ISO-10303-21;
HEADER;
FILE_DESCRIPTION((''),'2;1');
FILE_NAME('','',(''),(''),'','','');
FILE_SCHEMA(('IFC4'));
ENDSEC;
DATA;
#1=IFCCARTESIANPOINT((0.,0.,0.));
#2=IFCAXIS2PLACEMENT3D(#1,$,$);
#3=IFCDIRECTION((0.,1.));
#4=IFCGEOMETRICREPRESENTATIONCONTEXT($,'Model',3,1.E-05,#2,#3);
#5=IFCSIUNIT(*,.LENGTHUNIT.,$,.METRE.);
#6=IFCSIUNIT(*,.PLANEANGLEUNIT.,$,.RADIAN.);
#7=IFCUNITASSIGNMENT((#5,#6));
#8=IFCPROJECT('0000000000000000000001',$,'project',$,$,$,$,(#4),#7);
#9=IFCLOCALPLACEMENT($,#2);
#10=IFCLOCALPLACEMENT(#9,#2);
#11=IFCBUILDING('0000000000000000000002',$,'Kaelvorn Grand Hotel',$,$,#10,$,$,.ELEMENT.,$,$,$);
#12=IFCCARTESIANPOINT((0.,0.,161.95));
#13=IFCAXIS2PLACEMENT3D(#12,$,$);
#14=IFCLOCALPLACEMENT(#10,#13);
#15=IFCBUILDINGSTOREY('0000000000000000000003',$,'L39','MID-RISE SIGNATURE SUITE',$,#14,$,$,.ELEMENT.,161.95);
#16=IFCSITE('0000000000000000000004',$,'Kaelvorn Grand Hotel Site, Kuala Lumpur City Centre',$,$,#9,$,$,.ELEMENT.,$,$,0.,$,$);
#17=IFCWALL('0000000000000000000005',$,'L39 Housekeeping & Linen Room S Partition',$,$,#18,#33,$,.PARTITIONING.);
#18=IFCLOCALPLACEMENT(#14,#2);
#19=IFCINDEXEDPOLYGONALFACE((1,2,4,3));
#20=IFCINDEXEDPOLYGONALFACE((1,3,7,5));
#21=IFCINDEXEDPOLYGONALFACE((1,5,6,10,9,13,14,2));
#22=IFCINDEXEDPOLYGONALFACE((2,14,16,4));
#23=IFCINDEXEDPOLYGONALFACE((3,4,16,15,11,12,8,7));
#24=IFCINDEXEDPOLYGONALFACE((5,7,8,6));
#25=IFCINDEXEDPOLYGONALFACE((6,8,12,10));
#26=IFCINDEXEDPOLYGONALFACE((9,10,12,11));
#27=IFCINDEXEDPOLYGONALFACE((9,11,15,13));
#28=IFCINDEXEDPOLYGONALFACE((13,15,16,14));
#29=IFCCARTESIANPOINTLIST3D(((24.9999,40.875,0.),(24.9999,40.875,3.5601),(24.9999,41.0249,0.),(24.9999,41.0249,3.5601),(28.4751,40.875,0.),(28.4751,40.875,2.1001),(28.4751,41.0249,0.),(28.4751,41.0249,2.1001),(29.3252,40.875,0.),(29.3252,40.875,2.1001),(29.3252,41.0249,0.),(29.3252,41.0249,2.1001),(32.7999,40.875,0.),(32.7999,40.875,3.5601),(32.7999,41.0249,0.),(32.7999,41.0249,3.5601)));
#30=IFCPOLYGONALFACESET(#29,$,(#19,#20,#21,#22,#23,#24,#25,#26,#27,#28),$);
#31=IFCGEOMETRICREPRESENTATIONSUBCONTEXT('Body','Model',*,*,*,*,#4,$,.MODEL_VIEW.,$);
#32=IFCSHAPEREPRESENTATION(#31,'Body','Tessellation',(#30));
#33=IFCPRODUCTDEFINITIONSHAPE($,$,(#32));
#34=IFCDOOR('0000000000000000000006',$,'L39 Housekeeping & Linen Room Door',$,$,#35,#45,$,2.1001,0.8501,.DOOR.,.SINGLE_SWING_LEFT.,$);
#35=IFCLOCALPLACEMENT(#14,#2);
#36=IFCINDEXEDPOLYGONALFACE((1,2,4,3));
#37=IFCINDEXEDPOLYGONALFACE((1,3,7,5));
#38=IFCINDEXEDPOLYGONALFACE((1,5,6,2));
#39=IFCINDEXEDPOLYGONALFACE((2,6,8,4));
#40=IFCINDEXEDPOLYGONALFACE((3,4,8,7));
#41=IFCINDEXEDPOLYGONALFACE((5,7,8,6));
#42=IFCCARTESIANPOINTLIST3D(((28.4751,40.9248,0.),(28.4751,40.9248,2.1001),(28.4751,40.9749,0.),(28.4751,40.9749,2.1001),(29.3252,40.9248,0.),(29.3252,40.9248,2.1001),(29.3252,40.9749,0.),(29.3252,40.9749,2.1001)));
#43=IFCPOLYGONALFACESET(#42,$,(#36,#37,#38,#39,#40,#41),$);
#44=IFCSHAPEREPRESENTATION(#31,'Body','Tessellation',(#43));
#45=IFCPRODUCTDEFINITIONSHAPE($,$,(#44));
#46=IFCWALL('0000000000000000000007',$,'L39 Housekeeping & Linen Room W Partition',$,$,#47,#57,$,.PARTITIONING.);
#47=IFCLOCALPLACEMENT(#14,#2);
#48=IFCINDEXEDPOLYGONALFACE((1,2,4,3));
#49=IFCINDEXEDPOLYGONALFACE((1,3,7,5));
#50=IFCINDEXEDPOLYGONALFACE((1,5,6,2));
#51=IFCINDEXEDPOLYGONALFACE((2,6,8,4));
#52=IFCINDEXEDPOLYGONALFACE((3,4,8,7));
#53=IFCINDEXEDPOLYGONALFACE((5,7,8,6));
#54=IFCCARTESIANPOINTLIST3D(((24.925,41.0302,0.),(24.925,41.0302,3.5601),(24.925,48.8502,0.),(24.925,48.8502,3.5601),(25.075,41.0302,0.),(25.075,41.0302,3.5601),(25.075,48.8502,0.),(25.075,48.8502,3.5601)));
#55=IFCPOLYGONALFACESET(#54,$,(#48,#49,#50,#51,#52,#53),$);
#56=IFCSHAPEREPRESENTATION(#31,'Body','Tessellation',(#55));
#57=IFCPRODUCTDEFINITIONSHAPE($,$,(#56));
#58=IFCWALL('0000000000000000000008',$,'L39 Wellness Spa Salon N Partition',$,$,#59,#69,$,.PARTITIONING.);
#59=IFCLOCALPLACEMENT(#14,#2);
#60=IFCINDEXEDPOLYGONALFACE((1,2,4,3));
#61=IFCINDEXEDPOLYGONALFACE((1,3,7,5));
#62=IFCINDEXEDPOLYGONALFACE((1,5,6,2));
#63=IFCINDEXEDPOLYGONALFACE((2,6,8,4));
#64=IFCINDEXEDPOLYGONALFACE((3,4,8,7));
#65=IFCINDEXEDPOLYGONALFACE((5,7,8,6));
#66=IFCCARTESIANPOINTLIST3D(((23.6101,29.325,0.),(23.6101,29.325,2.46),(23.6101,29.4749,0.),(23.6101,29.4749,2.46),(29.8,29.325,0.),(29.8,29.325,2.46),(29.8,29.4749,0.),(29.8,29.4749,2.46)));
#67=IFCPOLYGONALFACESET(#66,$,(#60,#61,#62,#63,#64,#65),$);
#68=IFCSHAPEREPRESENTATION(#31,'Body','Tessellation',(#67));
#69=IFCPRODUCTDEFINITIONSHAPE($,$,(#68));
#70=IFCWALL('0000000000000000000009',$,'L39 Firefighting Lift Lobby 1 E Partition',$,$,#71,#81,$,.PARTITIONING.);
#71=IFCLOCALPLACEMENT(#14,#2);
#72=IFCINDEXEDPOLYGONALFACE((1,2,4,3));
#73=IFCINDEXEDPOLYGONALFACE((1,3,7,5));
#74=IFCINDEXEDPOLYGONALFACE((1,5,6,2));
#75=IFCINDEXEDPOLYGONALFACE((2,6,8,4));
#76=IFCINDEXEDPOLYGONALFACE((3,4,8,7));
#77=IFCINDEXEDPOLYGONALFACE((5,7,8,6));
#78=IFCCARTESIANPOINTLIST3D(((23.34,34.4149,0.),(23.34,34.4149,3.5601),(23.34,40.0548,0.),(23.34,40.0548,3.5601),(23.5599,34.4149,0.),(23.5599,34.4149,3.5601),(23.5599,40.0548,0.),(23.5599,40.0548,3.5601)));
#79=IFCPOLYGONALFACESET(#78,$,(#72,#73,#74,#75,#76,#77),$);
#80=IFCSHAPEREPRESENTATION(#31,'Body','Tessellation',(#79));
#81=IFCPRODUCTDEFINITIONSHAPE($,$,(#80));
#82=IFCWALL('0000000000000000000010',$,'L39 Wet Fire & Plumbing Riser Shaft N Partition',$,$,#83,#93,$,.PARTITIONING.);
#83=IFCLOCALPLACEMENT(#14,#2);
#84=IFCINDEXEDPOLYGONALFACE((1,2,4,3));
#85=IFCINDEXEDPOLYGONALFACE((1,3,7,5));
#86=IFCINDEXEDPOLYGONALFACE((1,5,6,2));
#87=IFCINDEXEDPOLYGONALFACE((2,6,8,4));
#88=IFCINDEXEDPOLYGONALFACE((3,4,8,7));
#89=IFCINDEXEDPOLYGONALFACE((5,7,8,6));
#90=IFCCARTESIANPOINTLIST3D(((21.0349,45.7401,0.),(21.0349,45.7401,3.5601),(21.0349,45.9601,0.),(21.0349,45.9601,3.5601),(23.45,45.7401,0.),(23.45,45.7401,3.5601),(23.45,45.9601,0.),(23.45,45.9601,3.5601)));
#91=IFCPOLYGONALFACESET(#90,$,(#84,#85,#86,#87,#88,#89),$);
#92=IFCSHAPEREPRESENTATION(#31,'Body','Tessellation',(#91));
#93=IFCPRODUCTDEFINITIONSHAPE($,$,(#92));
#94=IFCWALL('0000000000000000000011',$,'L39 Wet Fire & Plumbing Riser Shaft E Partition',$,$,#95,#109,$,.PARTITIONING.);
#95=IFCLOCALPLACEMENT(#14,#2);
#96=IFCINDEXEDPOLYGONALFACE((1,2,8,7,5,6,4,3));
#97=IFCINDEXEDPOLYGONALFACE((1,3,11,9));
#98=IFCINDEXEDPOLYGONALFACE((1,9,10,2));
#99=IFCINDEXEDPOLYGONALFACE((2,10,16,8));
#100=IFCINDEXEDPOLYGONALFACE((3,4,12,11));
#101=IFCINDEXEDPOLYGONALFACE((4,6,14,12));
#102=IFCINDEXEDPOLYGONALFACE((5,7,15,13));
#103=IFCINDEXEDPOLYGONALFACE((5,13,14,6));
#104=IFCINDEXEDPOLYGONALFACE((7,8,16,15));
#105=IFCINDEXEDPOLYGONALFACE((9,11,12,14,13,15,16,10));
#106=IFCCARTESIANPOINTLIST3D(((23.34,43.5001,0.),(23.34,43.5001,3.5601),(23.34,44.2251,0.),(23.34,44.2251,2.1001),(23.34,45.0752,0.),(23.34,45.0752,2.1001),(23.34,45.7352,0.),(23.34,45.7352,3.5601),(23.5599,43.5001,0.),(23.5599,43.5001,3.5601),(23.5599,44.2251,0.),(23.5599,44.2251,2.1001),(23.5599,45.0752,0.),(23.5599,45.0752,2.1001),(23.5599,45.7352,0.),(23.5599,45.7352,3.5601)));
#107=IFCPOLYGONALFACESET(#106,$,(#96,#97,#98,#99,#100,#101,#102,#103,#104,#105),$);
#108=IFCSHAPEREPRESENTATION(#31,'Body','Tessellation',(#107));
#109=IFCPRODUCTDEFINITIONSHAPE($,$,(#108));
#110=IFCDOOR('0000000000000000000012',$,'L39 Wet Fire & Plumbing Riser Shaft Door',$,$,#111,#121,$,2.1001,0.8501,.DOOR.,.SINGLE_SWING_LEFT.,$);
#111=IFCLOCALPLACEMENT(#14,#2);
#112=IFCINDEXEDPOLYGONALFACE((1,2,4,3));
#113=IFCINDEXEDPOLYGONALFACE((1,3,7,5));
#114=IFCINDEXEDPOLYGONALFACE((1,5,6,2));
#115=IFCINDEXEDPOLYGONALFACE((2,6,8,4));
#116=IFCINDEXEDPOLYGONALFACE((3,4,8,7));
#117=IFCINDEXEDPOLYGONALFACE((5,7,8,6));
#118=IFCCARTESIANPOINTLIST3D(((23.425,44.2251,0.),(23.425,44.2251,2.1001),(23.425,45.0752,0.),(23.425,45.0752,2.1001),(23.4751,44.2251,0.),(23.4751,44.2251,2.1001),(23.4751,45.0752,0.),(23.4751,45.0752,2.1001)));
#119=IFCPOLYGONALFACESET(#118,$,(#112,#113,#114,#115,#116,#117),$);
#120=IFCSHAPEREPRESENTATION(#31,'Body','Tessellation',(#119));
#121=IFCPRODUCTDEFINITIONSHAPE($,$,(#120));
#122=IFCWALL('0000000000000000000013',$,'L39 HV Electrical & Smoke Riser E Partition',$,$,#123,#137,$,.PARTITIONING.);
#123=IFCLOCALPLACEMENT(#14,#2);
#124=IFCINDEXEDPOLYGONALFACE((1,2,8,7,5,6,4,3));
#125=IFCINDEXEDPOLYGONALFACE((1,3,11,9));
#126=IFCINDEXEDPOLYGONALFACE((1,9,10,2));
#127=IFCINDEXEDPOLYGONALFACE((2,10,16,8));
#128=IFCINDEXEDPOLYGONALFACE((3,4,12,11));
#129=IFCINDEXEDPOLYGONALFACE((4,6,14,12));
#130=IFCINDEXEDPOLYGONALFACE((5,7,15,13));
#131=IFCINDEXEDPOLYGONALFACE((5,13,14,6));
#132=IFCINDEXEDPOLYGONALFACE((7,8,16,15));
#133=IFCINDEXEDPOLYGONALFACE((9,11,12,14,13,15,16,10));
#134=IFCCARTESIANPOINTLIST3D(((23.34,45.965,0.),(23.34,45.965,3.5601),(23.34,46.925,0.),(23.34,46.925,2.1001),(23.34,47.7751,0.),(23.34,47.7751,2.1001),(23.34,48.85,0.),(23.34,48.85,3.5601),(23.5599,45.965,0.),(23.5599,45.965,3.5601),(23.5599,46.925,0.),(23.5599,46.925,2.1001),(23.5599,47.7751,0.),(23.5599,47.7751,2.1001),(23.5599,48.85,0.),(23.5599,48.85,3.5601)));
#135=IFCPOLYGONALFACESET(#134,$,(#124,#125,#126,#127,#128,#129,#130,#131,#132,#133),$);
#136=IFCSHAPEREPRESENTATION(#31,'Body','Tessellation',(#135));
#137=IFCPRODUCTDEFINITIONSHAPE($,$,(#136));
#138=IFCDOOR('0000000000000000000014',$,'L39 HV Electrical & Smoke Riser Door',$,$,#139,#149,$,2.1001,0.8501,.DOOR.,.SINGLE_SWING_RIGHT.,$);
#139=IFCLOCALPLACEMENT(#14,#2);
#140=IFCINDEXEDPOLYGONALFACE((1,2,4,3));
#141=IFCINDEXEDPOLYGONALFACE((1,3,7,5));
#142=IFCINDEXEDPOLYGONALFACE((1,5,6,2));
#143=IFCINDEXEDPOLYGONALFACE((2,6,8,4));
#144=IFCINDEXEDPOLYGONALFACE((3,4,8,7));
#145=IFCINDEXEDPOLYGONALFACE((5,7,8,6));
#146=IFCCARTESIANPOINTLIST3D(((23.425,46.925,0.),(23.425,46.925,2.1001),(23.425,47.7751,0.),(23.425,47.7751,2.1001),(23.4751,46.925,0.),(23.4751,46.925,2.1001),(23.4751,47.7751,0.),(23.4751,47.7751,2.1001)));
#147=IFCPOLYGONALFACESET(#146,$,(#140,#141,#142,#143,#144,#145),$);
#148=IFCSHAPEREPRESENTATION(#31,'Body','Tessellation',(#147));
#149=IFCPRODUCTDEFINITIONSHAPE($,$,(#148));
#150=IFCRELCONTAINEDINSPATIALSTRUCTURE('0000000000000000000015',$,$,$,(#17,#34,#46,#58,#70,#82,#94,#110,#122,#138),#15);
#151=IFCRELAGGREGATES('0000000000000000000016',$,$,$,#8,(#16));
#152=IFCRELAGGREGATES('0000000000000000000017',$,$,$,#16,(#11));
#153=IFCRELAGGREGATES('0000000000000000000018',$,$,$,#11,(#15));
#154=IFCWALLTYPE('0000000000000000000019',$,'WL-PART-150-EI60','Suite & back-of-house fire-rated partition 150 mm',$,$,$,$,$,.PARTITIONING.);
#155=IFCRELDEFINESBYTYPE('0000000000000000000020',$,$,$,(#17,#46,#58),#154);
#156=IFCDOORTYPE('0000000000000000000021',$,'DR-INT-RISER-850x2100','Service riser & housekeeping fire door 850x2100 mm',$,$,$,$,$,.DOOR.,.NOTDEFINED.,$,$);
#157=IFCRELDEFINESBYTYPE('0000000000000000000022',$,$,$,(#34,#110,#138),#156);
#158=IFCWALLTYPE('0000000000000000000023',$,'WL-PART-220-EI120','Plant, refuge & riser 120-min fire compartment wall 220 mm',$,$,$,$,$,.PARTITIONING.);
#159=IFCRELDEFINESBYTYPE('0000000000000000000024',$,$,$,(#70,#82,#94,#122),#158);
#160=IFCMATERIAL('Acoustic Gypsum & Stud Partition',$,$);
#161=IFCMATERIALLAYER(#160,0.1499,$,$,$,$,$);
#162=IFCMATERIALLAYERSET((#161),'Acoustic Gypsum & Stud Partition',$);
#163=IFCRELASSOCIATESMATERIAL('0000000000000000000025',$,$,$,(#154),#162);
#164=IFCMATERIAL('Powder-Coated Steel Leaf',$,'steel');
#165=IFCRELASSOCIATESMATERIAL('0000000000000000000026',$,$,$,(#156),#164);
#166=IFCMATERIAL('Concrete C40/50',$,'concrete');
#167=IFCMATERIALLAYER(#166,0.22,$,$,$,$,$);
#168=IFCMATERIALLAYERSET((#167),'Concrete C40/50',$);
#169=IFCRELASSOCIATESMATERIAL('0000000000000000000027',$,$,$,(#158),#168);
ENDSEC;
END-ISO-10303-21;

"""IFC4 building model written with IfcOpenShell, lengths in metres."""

from ifc_helpers import new_model, si_unit, direction, frame, frame_2d, origin, place, context, subcontext, project, spatial, rectangle, extrude, material, layer, layer_set, type_object, element, fill, save


model = new_model("IFC4")

# Units and contexts
model_context = context("Model", 3, precision=1e-05, world=origin(), true_north=direction((0.0, 1.0)))
body_context = subcontext(model_context, "Body", "Model", "MODEL_VIEW")
ifc_project = project(units=[si_unit("LENGTHUNIT", "METRE"), si_unit("PLANEANGLEUNIT", "RADIAN")], contexts=[model_context])

# Site, building, storey
site_placement = place(None, origin())
site = spatial("IfcSite", under=ifc_project, at=site_placement, Name="Kaelvorn Grand Hotel Site, Kuala Lumpur City Centre", CompositionType="ELEMENT", RefElevation=0.0)
building_placement = place(site_placement, origin())
building = spatial("IfcBuilding", under=site, at=building_placement, Name="Kaelvorn Grand Hotel", CompositionType="ELEMENT")
storey_placement = place(building_placement, frame((0.0, 0.0, 161.95)))
storey = spatial("IfcBuildingStorey", under=building, at=storey_placement, Name="L39", Description="MID-RISE SIGNATURE SUITE", CompositionType="ELEMENT", Elevation=161.95)

# Shared definitions
ifc_material_1 = material(Name="Acoustic Gypsum & Stud Partition")
ifc_layer_1 = layer(ifc_material_1, 0.1499)
ifc_layer_set_1 = layer_set([ifc_layer_1], Name="Acoustic Gypsum & Stud Partition")
wall_type_1 = type_object("IfcWallType", Name="WL-PART-150-EI60", Description="Suite & back-of-house fire-rated partition 150 mm", PredefinedType="PARTITIONING", material=ifc_layer_set_1)

# Wall, opening, door
wall_1_placement = place(storey_placement, frame((25.0, 40.95, 0.0), z_axis=(0.0, 0.0, 1.0), x_axis=(1.0, 0.0, 0.0)))
wall_1 = element("IfcWall", 1, at=wall_1_placement, inside=storey, type_object=wall_type_1, Name="L39 Housekeeping & Linen Room S Partition", PredefinedType="PARTITIONING", context=body_context, shape_type="SweptSolid", body=[
    extrude(rectangle(XDim=7.8, YDim=0.1499, at=frame_2d((3.8999, 0.0))), origin(), (0.0, 0.0, 1.0), 3.5601),
])
opening_1_placement = place(wall_1_placement, frame((3.4751, 0.0, 0.0)))
opening_1 = element("IfcOpeningElement", 2, at=opening_1_placement, cuts=wall_1, PredefinedType="OPENING", context=body_context, shape_type="SweptSolid", body=[
    extrude(rectangle(XDim=0.8501, YDim=2.1001, at=frame_2d((0.425, 1.05))), frame((0.0, 0.085, 0.0), z_axis=(0.0, -1.0, 0.0), x_axis=(1.0, 0.0, 0.0)), (0.0, 0.0, 1.0), 0.1699),
])
ifc_material_2 = material(Name="Powder-Coated Steel Leaf", Category="steel")
door_type_1 = type_object("IfcDoorType", Name="DR-INT-RISER-850x2100", Description="Service riser & housekeeping fire door 850x2100 mm", OperationType="NOTDEFINED", PredefinedType="DOOR", material=ifc_material_2)
door_1_placement = place(opening_1_placement, origin())
door_1 = element("IfcDoor", 3, at=door_1_placement, inside=storey, type_object=door_type_1, Name="L39 Housekeeping & Linen Room Door", OperationType="SINGLE_SWING_LEFT", OverallHeight=2.1001, OverallWidth=0.8501, PredefinedType="DOOR", context=body_context, shape_type="SweptSolid", body=[
    extrude(rectangle(XDim=0.8501, YDim=2.1001, at=frame_2d((0.425, 1.05))), frame((0.0, 0.0249, 0.0), z_axis=(0.0, -1.0, 0.0), x_axis=(1.0, 0.0, 0.0)), (0.0, 0.0, 1.0), 0.05),
])
fill(opening_1, door_1)

# Walls
wall_2_placement = place(storey_placement, frame((25.0, 41.03, 0.0), z_axis=(0.0, 0.0, 1.0), x_axis=(0.0, 1.0, 0.0)))
element("IfcWall", 4, at=wall_2_placement, inside=storey, type_object=wall_type_1, Name="L39 Housekeeping & Linen Room W Partition", PredefinedType="PARTITIONING", context=body_context, shape_type="SweptSolid", body=[
    extrude(rectangle(XDim=7.8201, YDim=0.1499, at=frame_2d((3.9102, 0.0))), origin(), (0.0, 0.0, 1.0), 3.5601),
])
wall_3_placement = place(storey_placement, frame((23.6101, 29.3999, 0.0), z_axis=(0.0, 0.0, 1.0), x_axis=(1.0, 0.0, 0.0)))
element("IfcWall", 5, at=wall_3_placement, inside=storey, type_object=wall_type_1, Name="L39 Wellness Spa Salon N Partition", PredefinedType="PARTITIONING", context=body_context, shape_type="SweptSolid", body=[
    extrude(rectangle(XDim=6.1899, YDim=0.1499, at=frame_2d((3.095, 0.0))), origin(), (0.0, 0.0, 1.0), 2.46),
])
ifc_material_3 = material(Name="Concrete C40/50", Category="concrete")
ifc_layer_2 = layer(ifc_material_3, 0.22)
ifc_layer_set_2 = layer_set([ifc_layer_2], Name="Concrete C40/50")
wall_type_2 = type_object("IfcWallType", Name="WL-PART-220-EI120", Description="Plant, refuge & riser 120-min fire compartment wall 220 mm", PredefinedType="PARTITIONING", material=ifc_layer_set_2)
wall_4_placement = place(storey_placement, frame((23.45, 34.415, 0.0), z_axis=(0.0, 0.0, 1.0), x_axis=(0.0, 1.0, 0.0)))
element("IfcWall", 6, at=wall_4_placement, inside=storey, type_object=wall_type_2, Name="L39 Firefighting Lift Lobby 1 E Partition", PredefinedType="PARTITIONING", context=body_context, shape_type="SweptSolid", body=[
    extrude(rectangle(XDim=5.6399, YDim=0.22, at=frame_2d((2.8198, 0.0))), origin(), (0.0, 0.0, 1.0), 3.5601),
])
wall_5_placement = place(storey_placement, frame((21.0349, 45.8501, 0.0), z_axis=(0.0, 0.0, 1.0), x_axis=(1.0, 0.0, 0.0)))
element("IfcWall", 7, at=wall_5_placement, inside=storey, type_object=wall_type_2, Name="L39 Wet Fire & Plumbing Riser Shaft N Partition", PredefinedType="PARTITIONING", context=body_context, shape_type="SweptSolid", body=[
    extrude(rectangle(XDim=2.415, YDim=0.22, at=frame_2d((1.2075, 0.0))), origin(), (0.0, 0.0, 1.0), 3.5601),
])

# Walls, openings, doors
wall_6_placement = place(storey_placement, frame((23.45, 43.5, 0.0), z_axis=(0.0, 0.0, 1.0), x_axis=(0.0, 1.0, 0.0)))
wall_6 = element("IfcWall", 8, at=wall_6_placement, inside=storey, type_object=wall_type_2, Name="L39 Wet Fire & Plumbing Riser Shaft E Partition", PredefinedType="PARTITIONING", context=body_context, shape_type="SweptSolid", body=[
    extrude(rectangle(XDim=2.2351, YDim=0.22, at=frame_2d((1.1177, 0.0))), origin(), (0.0, 0.0, 1.0), 3.5601),
])
opening_2_placement = place(wall_6_placement, frame((0.7251, 0.0, 0.0)))
opening_2 = element("IfcOpeningElement", 9, at=opening_2_placement, cuts=wall_6, PredefinedType="OPENING", context=body_context, shape_type="SweptSolid", body=[
    extrude(rectangle(XDim=0.8501, YDim=2.1001, at=frame_2d((0.425, 1.05))), frame((0.0, 0.1201, 0.0), z_axis=(0.0, -1.0, 0.0), x_axis=(1.0, 0.0, 0.0)), (0.0, 0.0, 1.0), 0.24),
])
door_2_placement = place(opening_2_placement, origin())
door_2 = element("IfcDoor", 10, at=door_2_placement, inside=storey, type_object=door_type_1, Name="L39 Wet Fire & Plumbing Riser Shaft Door", OperationType="SINGLE_SWING_LEFT", OverallHeight=2.1001, OverallWidth=0.8501, PredefinedType="DOOR", context=body_context, shape_type="SweptSolid", body=[
    extrude(rectangle(XDim=0.8501, YDim=2.1001, at=frame_2d((0.425, 1.05))), frame((0.0, 0.0249, 0.0), z_axis=(0.0, -1.0, 0.0), x_axis=(1.0, 0.0, 0.0)), (0.0, 0.0, 1.0), 0.05),
])
fill(opening_2, door_2)
wall_7_placement = place(storey_placement, frame((23.45, 45.9651, 0.0), z_axis=(0.0, 0.0, 1.0), x_axis=(0.0, 1.0, 0.0)))
wall_7 = element("IfcWall", 11, at=wall_7_placement, inside=storey, type_object=wall_type_2, Name="L39 HV Electrical & Smoke Riser E Partition", PredefinedType="PARTITIONING", context=body_context, shape_type="SweptSolid", body=[
    extrude(rectangle(XDim=2.885, YDim=0.22, at=frame_2d((1.4424, 0.0))), origin(), (0.0, 0.0, 1.0), 3.5601),
])
opening_3_placement = place(wall_7_placement, frame((0.96, 0.0, 0.0)))
opening_3 = element("IfcOpeningElement", 12, at=opening_3_placement, cuts=wall_7, PredefinedType="OPENING", context=body_context, shape_type="SweptSolid", body=[
    extrude(rectangle(XDim=0.8501, YDim=2.1001, at=frame_2d((0.425, 1.05))), frame((0.0, 0.1201, 0.0), z_axis=(0.0, -1.0, 0.0), x_axis=(1.0, 0.0, 0.0)), (0.0, 0.0, 1.0), 0.24),
])
door_3_placement = place(opening_3_placement, origin())
door_3 = element("IfcDoor", 13, at=door_3_placement, inside=storey, type_object=door_type_1, Name="L39 HV Electrical & Smoke Riser Door", OperationType="SINGLE_SWING_RIGHT", OverallHeight=2.1001, OverallWidth=0.8501, PredefinedType="DOOR", context=body_context, shape_type="SweptSolid", body=[
    extrude(rectangle(XDim=0.8501, YDim=2.1001, at=frame_2d((0.425, 1.05))), frame((0.0, 0.0249, 0.0), z_axis=(0.0, -1.0, 0.0), x_axis=(1.0, 0.0, 0.0)), (0.0, 0.0, 1.0), 0.05),
])
fill(opening_3, door_3)

save(model, "model.ifc")
